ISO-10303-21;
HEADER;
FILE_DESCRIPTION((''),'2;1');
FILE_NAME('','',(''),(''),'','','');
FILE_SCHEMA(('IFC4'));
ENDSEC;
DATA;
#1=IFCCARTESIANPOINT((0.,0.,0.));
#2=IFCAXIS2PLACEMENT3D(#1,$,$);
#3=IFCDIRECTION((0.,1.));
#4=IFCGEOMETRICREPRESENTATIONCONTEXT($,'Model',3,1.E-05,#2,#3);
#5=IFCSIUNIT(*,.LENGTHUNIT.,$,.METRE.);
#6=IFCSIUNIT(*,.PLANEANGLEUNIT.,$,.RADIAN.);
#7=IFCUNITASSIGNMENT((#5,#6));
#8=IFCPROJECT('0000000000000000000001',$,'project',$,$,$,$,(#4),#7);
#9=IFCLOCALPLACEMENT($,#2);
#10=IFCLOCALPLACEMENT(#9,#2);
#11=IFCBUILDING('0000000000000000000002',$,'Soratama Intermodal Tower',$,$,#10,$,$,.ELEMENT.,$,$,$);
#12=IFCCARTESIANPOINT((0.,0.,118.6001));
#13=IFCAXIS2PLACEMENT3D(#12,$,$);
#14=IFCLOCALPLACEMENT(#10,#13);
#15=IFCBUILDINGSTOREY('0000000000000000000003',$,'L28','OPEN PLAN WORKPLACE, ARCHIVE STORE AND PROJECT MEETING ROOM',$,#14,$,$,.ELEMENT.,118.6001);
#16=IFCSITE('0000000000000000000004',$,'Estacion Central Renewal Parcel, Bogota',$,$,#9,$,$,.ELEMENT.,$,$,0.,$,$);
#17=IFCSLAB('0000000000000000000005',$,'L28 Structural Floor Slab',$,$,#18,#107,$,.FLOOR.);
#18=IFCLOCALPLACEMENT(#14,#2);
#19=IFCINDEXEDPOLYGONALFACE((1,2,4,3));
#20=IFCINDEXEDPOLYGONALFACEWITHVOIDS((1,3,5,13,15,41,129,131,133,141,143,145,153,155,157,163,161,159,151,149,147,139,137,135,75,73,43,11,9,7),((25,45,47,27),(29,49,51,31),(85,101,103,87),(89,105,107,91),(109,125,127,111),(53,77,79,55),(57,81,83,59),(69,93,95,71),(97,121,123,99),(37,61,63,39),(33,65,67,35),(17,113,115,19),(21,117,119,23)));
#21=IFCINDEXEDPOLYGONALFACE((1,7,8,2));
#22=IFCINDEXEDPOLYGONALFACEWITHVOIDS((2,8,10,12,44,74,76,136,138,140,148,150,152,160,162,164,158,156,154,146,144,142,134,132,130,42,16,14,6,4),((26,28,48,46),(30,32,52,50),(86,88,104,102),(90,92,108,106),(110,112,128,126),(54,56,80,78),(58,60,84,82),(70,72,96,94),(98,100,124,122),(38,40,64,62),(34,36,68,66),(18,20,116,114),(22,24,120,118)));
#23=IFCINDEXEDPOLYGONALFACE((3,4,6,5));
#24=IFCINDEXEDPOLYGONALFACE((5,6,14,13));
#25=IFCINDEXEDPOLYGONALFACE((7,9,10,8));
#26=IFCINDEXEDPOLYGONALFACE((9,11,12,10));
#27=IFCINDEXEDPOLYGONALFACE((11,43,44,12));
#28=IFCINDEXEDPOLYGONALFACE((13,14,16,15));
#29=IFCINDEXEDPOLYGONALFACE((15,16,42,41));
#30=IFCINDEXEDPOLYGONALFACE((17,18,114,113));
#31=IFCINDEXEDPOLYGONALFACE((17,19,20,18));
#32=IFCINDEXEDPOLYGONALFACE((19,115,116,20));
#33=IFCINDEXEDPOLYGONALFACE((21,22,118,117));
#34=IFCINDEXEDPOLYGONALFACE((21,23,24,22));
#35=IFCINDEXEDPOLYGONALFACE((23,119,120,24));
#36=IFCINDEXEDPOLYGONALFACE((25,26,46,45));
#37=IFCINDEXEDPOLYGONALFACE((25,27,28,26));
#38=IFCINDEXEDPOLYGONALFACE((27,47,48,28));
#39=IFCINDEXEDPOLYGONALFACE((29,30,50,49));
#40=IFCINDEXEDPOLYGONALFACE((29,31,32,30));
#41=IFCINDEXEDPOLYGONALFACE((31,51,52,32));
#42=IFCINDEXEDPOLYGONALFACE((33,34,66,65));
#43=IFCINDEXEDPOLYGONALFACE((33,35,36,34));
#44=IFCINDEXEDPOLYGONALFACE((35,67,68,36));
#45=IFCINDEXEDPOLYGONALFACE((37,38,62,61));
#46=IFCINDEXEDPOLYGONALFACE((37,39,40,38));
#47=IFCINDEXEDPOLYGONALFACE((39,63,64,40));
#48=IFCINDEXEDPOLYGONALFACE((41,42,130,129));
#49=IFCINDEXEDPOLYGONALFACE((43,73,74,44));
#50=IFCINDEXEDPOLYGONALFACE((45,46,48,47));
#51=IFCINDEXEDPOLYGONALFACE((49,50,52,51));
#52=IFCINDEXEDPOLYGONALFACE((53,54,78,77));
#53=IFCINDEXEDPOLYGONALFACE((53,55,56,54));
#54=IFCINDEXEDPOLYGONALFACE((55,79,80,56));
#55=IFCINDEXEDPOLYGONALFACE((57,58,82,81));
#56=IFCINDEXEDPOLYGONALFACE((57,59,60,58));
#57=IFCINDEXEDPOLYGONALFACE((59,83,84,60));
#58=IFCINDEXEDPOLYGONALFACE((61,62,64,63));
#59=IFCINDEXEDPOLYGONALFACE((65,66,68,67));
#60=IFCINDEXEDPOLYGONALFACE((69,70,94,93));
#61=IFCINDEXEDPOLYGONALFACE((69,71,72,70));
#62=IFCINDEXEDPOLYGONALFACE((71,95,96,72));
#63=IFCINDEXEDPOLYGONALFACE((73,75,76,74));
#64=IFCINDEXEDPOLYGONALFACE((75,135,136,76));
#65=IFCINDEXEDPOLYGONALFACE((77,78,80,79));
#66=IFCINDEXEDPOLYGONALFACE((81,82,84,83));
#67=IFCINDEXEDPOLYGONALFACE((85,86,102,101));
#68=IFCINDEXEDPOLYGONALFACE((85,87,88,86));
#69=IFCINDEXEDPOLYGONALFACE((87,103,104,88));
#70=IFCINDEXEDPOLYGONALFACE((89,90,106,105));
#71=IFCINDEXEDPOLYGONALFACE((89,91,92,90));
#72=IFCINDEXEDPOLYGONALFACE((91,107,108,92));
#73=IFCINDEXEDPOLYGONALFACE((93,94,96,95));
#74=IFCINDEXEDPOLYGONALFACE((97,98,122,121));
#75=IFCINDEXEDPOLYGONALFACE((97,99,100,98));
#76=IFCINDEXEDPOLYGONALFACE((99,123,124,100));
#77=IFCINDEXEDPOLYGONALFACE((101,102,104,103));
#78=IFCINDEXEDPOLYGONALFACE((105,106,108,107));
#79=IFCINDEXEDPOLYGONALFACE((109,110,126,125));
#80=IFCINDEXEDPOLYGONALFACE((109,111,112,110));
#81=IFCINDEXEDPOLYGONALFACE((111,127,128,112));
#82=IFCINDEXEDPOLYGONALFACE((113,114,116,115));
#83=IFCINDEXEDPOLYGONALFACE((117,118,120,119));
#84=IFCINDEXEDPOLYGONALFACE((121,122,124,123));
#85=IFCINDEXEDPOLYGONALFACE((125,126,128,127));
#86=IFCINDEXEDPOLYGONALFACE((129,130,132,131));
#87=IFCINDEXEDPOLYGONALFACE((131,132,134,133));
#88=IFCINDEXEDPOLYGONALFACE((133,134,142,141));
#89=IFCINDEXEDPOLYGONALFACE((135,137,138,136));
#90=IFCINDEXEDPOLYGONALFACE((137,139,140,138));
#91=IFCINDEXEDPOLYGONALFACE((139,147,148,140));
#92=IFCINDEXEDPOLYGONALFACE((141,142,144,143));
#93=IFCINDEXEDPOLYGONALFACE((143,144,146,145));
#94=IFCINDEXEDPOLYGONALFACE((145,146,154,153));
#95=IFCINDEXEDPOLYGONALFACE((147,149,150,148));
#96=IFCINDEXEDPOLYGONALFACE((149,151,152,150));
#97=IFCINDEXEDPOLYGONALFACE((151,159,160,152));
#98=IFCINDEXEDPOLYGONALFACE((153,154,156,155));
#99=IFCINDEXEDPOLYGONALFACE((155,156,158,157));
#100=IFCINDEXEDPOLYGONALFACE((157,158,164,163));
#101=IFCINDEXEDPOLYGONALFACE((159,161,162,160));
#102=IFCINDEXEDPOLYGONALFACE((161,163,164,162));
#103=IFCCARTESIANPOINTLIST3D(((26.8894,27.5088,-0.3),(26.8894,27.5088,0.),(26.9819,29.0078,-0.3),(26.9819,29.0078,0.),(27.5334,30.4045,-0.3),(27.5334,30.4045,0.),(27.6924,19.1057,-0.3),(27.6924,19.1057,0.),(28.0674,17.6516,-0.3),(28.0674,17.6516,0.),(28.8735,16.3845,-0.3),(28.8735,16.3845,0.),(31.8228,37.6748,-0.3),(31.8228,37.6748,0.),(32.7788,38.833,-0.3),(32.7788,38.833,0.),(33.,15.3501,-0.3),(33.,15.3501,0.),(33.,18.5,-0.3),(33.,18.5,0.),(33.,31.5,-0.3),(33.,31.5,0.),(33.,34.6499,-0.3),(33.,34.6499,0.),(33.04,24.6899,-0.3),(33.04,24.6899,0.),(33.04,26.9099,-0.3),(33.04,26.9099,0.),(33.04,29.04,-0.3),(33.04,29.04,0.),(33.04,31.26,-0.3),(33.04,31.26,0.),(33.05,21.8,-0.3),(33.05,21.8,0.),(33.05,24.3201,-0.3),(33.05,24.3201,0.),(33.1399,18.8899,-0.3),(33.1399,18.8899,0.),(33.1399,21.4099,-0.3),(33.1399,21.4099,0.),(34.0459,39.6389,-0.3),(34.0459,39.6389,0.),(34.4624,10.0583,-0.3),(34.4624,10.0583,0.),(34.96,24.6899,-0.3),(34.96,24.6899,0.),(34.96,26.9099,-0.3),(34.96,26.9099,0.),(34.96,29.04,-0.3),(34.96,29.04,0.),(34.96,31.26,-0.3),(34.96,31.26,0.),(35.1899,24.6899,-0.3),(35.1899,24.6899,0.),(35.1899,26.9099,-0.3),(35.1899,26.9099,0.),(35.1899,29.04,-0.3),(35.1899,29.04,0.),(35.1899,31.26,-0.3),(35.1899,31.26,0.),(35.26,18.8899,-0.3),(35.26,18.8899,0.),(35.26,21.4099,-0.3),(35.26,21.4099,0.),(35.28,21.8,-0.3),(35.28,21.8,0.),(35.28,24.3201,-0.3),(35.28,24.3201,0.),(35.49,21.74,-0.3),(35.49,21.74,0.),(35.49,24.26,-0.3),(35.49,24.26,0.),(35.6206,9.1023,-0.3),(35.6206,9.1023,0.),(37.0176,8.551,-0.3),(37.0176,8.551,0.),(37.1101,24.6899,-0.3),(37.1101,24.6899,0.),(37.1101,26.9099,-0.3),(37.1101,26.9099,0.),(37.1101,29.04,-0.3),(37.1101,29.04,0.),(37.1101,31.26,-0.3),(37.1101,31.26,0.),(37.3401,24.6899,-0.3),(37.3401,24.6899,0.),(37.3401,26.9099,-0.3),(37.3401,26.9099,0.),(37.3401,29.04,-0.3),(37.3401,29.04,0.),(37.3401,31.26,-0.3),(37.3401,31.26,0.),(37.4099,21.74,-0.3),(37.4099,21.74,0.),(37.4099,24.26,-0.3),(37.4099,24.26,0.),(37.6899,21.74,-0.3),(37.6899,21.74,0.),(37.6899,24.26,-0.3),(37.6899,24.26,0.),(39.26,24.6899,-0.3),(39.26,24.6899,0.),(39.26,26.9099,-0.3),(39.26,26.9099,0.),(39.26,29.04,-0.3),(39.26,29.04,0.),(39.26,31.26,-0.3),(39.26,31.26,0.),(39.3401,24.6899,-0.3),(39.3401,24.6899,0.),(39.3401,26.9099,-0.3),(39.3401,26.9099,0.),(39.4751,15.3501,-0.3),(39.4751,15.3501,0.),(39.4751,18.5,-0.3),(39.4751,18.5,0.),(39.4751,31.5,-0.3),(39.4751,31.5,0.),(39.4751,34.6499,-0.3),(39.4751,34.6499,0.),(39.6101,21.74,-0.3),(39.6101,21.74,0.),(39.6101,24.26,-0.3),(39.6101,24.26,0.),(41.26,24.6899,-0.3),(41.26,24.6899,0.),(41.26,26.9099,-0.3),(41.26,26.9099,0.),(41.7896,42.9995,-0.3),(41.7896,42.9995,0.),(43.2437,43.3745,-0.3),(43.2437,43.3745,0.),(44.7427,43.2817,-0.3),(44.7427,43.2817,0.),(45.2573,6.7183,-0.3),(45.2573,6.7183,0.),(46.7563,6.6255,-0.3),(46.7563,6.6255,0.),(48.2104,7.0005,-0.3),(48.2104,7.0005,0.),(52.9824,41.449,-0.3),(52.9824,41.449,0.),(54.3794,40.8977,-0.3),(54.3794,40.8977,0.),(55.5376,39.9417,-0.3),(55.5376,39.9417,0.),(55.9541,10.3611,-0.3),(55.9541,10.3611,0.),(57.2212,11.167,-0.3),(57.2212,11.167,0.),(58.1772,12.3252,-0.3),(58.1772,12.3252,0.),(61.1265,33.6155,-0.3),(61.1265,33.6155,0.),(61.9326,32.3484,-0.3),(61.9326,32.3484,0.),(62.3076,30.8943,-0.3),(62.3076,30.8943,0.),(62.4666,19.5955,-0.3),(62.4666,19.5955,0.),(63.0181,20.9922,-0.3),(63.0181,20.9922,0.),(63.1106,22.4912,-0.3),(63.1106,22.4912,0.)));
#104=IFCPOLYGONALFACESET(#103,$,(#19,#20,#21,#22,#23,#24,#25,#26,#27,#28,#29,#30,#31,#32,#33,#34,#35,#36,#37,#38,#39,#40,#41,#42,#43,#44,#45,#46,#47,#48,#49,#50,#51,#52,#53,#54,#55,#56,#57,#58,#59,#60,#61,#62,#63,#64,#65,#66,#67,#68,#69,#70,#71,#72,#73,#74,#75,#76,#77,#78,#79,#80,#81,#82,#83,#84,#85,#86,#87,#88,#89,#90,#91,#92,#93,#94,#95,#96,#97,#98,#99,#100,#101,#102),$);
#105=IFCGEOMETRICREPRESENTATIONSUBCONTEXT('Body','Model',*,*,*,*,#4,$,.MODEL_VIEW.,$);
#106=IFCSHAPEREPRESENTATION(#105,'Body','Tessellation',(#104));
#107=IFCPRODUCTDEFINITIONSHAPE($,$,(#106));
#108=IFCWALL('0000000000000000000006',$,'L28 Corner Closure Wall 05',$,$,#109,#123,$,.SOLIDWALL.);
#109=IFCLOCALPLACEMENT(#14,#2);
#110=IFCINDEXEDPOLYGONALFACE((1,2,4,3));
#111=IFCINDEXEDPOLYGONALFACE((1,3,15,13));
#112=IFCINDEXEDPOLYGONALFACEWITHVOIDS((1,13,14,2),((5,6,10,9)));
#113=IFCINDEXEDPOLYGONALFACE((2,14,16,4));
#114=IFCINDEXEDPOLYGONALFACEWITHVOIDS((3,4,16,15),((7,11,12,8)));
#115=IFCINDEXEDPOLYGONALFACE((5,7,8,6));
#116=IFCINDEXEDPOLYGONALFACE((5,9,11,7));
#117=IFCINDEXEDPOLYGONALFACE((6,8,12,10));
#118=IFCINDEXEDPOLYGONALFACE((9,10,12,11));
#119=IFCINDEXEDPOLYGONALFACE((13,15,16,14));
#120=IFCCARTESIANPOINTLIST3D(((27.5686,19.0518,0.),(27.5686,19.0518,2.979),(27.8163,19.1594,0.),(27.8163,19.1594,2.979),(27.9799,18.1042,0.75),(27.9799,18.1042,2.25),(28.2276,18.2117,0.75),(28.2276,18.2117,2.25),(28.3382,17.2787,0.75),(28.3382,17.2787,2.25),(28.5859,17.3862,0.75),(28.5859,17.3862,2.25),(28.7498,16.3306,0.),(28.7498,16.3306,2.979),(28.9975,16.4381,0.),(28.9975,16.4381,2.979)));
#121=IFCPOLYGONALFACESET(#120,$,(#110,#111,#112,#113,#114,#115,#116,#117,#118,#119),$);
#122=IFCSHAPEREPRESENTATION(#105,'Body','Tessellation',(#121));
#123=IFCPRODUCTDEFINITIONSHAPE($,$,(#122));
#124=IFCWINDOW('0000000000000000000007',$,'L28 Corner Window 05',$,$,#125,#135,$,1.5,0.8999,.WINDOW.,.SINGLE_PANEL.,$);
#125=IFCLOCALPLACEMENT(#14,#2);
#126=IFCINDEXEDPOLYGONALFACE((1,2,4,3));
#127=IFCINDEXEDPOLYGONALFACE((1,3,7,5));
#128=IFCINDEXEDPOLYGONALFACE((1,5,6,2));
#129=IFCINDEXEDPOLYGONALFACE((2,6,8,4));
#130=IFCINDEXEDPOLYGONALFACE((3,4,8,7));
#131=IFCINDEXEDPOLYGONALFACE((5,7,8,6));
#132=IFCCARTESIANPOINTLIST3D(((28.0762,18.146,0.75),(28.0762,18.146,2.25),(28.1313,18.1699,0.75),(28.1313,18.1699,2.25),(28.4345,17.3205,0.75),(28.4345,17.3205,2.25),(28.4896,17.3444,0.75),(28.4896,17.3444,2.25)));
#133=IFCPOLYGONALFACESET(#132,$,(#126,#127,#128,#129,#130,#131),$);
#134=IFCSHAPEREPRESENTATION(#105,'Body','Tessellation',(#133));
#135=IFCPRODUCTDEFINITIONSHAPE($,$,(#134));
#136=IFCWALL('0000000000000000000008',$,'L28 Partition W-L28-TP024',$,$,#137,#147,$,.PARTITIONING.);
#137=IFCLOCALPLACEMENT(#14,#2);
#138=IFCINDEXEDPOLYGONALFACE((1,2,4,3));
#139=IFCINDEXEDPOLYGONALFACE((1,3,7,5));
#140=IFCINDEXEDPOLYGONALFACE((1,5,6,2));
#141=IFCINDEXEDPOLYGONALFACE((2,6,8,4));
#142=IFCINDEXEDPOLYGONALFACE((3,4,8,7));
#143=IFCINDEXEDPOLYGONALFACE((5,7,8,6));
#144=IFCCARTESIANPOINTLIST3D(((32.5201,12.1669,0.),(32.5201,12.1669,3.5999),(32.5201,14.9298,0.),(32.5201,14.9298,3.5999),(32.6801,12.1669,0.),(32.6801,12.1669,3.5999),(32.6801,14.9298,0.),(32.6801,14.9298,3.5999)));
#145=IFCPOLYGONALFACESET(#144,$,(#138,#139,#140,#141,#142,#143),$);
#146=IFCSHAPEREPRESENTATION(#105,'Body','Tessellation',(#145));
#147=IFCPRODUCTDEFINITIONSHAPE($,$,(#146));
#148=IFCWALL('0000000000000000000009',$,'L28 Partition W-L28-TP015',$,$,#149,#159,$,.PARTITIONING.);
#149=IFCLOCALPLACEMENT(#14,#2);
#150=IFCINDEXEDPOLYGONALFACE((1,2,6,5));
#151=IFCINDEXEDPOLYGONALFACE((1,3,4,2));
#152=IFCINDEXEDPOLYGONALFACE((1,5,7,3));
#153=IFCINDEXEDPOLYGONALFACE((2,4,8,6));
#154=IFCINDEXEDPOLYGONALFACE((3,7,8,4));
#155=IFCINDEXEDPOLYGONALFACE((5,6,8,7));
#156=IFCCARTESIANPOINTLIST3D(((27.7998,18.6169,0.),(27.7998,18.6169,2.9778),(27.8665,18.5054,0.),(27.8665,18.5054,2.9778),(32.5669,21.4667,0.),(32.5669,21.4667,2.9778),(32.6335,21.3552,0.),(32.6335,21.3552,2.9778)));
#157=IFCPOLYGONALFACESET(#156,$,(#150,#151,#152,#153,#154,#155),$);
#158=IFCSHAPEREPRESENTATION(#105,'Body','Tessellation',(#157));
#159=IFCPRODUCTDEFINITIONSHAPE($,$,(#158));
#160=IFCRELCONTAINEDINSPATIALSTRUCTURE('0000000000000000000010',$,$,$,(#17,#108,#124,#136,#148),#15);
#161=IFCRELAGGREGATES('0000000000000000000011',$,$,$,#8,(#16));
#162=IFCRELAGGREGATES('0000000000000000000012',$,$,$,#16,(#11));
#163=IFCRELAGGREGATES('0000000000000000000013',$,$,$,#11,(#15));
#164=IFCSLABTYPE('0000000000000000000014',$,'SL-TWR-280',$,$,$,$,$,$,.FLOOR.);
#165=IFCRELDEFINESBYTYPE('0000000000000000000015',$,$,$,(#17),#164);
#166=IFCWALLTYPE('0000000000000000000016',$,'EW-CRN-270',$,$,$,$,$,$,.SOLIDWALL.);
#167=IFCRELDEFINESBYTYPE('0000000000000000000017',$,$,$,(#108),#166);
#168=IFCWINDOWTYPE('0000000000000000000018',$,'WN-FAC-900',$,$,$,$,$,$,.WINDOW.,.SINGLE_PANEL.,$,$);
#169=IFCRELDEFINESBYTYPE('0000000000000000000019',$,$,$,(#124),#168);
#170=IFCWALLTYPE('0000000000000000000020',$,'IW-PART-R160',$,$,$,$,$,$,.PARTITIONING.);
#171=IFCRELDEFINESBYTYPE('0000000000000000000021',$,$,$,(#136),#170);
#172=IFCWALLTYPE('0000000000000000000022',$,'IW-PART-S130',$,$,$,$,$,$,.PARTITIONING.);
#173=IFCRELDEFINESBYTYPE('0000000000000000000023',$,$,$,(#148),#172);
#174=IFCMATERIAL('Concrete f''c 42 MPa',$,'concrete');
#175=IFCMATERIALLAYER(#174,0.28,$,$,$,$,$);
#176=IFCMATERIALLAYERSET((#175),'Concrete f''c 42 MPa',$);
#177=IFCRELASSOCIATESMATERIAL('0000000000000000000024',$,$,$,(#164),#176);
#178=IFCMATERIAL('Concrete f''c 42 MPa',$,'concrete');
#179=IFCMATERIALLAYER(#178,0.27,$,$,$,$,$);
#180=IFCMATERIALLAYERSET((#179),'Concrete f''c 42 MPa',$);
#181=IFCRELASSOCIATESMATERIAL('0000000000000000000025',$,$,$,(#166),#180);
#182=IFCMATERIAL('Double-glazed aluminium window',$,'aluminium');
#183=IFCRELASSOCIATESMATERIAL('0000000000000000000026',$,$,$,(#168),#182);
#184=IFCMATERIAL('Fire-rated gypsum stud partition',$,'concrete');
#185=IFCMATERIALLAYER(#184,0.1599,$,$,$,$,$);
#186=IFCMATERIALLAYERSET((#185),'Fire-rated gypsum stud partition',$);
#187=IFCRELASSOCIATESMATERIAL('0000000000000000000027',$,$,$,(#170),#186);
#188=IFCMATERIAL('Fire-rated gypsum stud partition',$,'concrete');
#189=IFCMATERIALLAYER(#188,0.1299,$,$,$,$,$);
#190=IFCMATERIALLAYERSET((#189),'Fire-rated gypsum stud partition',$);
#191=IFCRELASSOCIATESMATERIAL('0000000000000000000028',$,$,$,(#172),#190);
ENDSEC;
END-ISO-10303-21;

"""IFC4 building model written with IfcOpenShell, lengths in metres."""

from ifc_helpers import new_model, si_unit, direction, frame, frame_2d, origin, place, context, subcontext, project, spatial, polyline, rectangle, outline, extrude, material, layer, layer_set, type_object, element, fill, save


model = new_model("IFC4")

# Units and contexts
model_context = context("Model", 3, precision=1e-05, world=origin(), true_north=direction((0.0, 1.0)))
body_context = subcontext(model_context, "Body", "Model", "MODEL_VIEW")
ifc_project = project(units=[si_unit("LENGTHUNIT", "METRE"), si_unit("PLANEANGLEUNIT", "RADIAN")], contexts=[model_context])

# Site, building, storey
site_placement = place(None, origin())
site = spatial("IfcSite", under=ifc_project, at=site_placement, Name="Estacion Central Renewal Parcel, Bogota", CompositionType="ELEMENT", RefElevation=0.0)
building_placement = place(site_placement, origin())
building = spatial("IfcBuilding", under=site, at=building_placement, Name="Soratama Intermodal Tower", CompositionType="ELEMENT")
storey_placement = place(building_placement, frame((0.0, 0.0, 118.6001)))
storey = spatial("IfcBuildingStorey", under=building, at=storey_placement, Name="L28", Description="OPEN PLAN WORKPLACE, ARCHIVE STORE AND PROJECT MEETING ROOM", CompositionType="ELEMENT", Elevation=118.6001)

# Slab
ifc_material_1 = material(Name="Concrete f'c 42 MPa", Category="concrete")
ifc_layer_1 = layer(ifc_material_1, 0.28)
ifc_layer_set_1 = layer_set([ifc_layer_1], Name="Concrete f'c 42 MPa")
slab_type_1 = type_object("IfcSlabType", Name="SL-TWR-280", PredefinedType="FLOOR", material=ifc_layer_set_1)
slab_1_placement = place(storey_placement, frame((0.0, 0.0, -0.3)))
element("IfcSlab", 1, at=slab_1_placement, inside=storey, type_object=slab_type_1, Name="L28 Structural Floor Slab", PredefinedType="FLOOR", context=body_context, shape_type="SweptSolid", body=[
    extrude(outline(polyline([(62.3076, 30.8943), (61.9326, 32.3484), (61.1265, 33.6155), (55.5376, 39.9417), (54.3794, 40.8977), (52.9824, 41.449), (44.7427, 43.2817), (43.2437, 43.3745), (41.7896, 42.9995), (34.0459, 39.6389), (32.7788, 38.833), (31.8228, 37.6748), (27.5334, 30.4045), (26.9819, 29.0078), (26.8894, 27.5088), (27.6924, 19.1057), (28.0674, 17.6516), (28.8735, 16.3845), (34.4624, 10.0583), (35.6206, 9.1023), (37.0176, 8.551), (45.2573, 6.7183), (46.7563, 6.6255), (48.2104, 7.0005), (55.9541, 10.3611), (57.2212, 11.167), (58.1772, 12.3252), (62.4666, 19.5955), (63.0181, 20.9922), (63.1106, 22.4912), (62.3076, 30.8943)]), holes=[polyline([(33.0, 18.5), (33.0, 15.3501), (39.4751, 15.3501), (39.4751, 18.5), (33.0, 18.5)]), polyline([(35.26, 18.8899), (35.26, 21.4099), (33.1399, 21.4099), (33.1399, 18.8899), (35.26, 18.8899)]), polyline([(33.05, 21.8), (35.28, 21.8), (35.28, 24.3201), (33.05, 24.3201), (33.05, 21.8)]), polyline([(34.96, 26.9099), (33.04, 26.9099), (33.04, 24.6899), (34.96, 24.6899), (34.96, 26.9099)]), polyline([(37.1101, 24.6899), (37.1101, 26.9099), (35.1899, 26.9099), (35.1899, 24.6899), (37.1101, 24.6899)]), polyline([(34.96, 29.04), (34.96, 31.26), (33.04, 31.26), (33.04, 29.04), (34.96, 29.04)]), polyline([(37.1101, 31.26), (35.1899, 31.26), (35.1899, 29.04), (37.1101, 29.04), (37.1101, 31.26)]), polyline([(37.4099, 21.74), (37.4099, 24.26), (35.49, 24.26), (35.49, 21.74), (37.4099, 21.74)]), polyline([(39.6101, 21.74), (39.6101, 24.26), (37.6899, 24.26), (37.6899, 21.74), (39.6101, 21.74)]), polyline([(39.26, 24.6899), (39.26, 26.9099), (37.3401, 26.9099), (37.3401, 24.6899), (39.26, 24.6899)]), polyline([(41.26, 24.6899), (41.26, 26.9099), (39.3401, 26.9099), (39.3401, 24.6899), (41.26, 24.6899)]), polyline([(39.26, 29.04), (39.26, 31.26), (37.3401, 31.26), (37.3401, 29.04), (39.26, 29.04)]), polyline([(39.4751, 34.6499), (33.0, 34.6499), (33.0, 31.5), (39.4751, 31.5), (39.4751, 34.6499)])]), origin(), (0.0, 0.0, 1.0), 0.3),
])

# Wall, opening, window
ifc_material_2 = material(Name="Concrete f'c 42 MPa", Category="concrete")
ifc_layer_2 = layer(ifc_material_2, 0.27)
ifc_layer_set_2 = layer_set([ifc_layer_2], Name="Concrete f'c 42 MPa")
wall_type_1 = type_object("IfcWallType", Name="EW-CRN-270", PredefinedType="SOLIDWALL", material=ifc_layer_set_2)
wall_1_placement = place(storey_placement, frame((27.6924, 19.1057, 0.0), z_axis=(0.0, 0.0, 1.0), x_axis=(0.398166, -0.917313, 0.0)))
wall_1 = element("IfcWall", 2, at=wall_1_placement, inside=storey, type_object=wall_type_1, Name="L28 Corner Closure Wall 05", PredefinedType="SOLIDWALL", context=body_context, shape_type="SweptSolid", body=[
    extrude(rectangle(XDim=2.9666, YDim=0.27, at=frame_2d((1.4834, 0.0))), origin(), (0.0, 0.0, 1.0), 2.979),
])
opening_placement = place(wall_1_placement, frame((1.0332, 0.0, 0.75)))
opening = element("IfcOpeningElement", 3, at=opening_placement, cuts=wall_1, PredefinedType="OPENING", context=body_context, shape_type="SweptSolid", body=[
    extrude(rectangle(XDim=0.8999, YDim=1.5, at=frame_2d((0.45, 0.75))), frame((0.0, 0.145, 0.0), z_axis=(0.0, -1.0, 0.0), x_axis=(1.0, 0.0, 0.0)), (0.0, 0.0, 1.0), 0.29),
])
ifc_material_3 = material(Name="Double-glazed aluminium window", Category="aluminium")
window_type = type_object("IfcWindowType", Name="WN-FAC-900", PartitioningType="SINGLE_PANEL", PredefinedType="WINDOW", material=ifc_material_3)
window_placement = place(opening_placement, origin())
window = element("IfcWindow", 4, at=window_placement, inside=storey, type_object=window_type, Name="L28 Corner Window 05", OverallHeight=1.5, OverallWidth=0.8999, PartitioningType="SINGLE_PANEL", PredefinedType="WINDOW", context=body_context, shape_type="SweptSolid", body=[
    extrude(rectangle(XDim=0.8999, YDim=1.5, at=frame_2d((0.45, 0.75))), frame((0.0, 0.03, 0.0), z_axis=(0.0, -1.0, 0.0), x_axis=(1.0, 0.0, 0.0)), (0.0, 0.0, 1.0), 0.0601),
])
fill(opening, window)

# Walls
ifc_material_4 = material(Name="Fire-rated gypsum stud partition", Category="concrete")
ifc_layer_3 = layer(ifc_material_4, 0.1599)
ifc_layer_set_3 = layer_set([ifc_layer_3], Name="Fire-rated gypsum stud partition")
wall_type_2 = type_object("IfcWallType", Name="IW-PART-R160", PredefinedType="PARTITIONING", material=ifc_layer_set_3)
wall_2_placement = place(storey_placement, frame((32.6001, 12.167, 0.0), z_axis=(0.0, 0.0, 1.0), x_axis=(0.0, 1.0, 0.0)))
element("IfcWall", 5, at=wall_2_placement, inside=storey, type_object=wall_type_2, Name="L28 Partition W-L28-TP024", PredefinedType="PARTITIONING", context=body_context, shape_type="SweptSolid", body=[
    extrude(rectangle(XDim=2.7629, YDim=0.1599, at=frame_2d((1.3813, 0.0))), origin(), (0.0, 0.0, 1.0), 3.5999),
])
ifc_material_5 = material(Name="Fire-rated gypsum stud partition", Category="concrete")
ifc_layer_4 = layer(ifc_material_5, 0.1299)
ifc_layer_set_4 = layer_set([ifc_layer_4], Name="Fire-rated gypsum stud partition")
wall_type_3 = type_object("IfcWallType", Name="IW-PART-S130", PredefinedType="PARTITIONING", material=ifc_layer_set_4)
wall_3_placement = place(storey_placement, frame((32.6001, 21.4109, 0.0), z_axis=(0.0, 0.0, 1.0), x_axis=(-0.858318, -0.513118, 0.0)))
element("IfcWall", 6, at=wall_3_placement, inside=storey, type_object=wall_type_3, Name="L28 Partition W-L28-TP015", PredefinedType="PARTITIONING", context=body_context, shape_type="SweptSolid", body=[
    extrude(rectangle(XDim=5.554, YDim=0.1299, at=frame_2d((2.7769, 0.0))), origin(), (0.0, 0.0, 1.0), 2.9778),
])

save(model, "model.ifc")
